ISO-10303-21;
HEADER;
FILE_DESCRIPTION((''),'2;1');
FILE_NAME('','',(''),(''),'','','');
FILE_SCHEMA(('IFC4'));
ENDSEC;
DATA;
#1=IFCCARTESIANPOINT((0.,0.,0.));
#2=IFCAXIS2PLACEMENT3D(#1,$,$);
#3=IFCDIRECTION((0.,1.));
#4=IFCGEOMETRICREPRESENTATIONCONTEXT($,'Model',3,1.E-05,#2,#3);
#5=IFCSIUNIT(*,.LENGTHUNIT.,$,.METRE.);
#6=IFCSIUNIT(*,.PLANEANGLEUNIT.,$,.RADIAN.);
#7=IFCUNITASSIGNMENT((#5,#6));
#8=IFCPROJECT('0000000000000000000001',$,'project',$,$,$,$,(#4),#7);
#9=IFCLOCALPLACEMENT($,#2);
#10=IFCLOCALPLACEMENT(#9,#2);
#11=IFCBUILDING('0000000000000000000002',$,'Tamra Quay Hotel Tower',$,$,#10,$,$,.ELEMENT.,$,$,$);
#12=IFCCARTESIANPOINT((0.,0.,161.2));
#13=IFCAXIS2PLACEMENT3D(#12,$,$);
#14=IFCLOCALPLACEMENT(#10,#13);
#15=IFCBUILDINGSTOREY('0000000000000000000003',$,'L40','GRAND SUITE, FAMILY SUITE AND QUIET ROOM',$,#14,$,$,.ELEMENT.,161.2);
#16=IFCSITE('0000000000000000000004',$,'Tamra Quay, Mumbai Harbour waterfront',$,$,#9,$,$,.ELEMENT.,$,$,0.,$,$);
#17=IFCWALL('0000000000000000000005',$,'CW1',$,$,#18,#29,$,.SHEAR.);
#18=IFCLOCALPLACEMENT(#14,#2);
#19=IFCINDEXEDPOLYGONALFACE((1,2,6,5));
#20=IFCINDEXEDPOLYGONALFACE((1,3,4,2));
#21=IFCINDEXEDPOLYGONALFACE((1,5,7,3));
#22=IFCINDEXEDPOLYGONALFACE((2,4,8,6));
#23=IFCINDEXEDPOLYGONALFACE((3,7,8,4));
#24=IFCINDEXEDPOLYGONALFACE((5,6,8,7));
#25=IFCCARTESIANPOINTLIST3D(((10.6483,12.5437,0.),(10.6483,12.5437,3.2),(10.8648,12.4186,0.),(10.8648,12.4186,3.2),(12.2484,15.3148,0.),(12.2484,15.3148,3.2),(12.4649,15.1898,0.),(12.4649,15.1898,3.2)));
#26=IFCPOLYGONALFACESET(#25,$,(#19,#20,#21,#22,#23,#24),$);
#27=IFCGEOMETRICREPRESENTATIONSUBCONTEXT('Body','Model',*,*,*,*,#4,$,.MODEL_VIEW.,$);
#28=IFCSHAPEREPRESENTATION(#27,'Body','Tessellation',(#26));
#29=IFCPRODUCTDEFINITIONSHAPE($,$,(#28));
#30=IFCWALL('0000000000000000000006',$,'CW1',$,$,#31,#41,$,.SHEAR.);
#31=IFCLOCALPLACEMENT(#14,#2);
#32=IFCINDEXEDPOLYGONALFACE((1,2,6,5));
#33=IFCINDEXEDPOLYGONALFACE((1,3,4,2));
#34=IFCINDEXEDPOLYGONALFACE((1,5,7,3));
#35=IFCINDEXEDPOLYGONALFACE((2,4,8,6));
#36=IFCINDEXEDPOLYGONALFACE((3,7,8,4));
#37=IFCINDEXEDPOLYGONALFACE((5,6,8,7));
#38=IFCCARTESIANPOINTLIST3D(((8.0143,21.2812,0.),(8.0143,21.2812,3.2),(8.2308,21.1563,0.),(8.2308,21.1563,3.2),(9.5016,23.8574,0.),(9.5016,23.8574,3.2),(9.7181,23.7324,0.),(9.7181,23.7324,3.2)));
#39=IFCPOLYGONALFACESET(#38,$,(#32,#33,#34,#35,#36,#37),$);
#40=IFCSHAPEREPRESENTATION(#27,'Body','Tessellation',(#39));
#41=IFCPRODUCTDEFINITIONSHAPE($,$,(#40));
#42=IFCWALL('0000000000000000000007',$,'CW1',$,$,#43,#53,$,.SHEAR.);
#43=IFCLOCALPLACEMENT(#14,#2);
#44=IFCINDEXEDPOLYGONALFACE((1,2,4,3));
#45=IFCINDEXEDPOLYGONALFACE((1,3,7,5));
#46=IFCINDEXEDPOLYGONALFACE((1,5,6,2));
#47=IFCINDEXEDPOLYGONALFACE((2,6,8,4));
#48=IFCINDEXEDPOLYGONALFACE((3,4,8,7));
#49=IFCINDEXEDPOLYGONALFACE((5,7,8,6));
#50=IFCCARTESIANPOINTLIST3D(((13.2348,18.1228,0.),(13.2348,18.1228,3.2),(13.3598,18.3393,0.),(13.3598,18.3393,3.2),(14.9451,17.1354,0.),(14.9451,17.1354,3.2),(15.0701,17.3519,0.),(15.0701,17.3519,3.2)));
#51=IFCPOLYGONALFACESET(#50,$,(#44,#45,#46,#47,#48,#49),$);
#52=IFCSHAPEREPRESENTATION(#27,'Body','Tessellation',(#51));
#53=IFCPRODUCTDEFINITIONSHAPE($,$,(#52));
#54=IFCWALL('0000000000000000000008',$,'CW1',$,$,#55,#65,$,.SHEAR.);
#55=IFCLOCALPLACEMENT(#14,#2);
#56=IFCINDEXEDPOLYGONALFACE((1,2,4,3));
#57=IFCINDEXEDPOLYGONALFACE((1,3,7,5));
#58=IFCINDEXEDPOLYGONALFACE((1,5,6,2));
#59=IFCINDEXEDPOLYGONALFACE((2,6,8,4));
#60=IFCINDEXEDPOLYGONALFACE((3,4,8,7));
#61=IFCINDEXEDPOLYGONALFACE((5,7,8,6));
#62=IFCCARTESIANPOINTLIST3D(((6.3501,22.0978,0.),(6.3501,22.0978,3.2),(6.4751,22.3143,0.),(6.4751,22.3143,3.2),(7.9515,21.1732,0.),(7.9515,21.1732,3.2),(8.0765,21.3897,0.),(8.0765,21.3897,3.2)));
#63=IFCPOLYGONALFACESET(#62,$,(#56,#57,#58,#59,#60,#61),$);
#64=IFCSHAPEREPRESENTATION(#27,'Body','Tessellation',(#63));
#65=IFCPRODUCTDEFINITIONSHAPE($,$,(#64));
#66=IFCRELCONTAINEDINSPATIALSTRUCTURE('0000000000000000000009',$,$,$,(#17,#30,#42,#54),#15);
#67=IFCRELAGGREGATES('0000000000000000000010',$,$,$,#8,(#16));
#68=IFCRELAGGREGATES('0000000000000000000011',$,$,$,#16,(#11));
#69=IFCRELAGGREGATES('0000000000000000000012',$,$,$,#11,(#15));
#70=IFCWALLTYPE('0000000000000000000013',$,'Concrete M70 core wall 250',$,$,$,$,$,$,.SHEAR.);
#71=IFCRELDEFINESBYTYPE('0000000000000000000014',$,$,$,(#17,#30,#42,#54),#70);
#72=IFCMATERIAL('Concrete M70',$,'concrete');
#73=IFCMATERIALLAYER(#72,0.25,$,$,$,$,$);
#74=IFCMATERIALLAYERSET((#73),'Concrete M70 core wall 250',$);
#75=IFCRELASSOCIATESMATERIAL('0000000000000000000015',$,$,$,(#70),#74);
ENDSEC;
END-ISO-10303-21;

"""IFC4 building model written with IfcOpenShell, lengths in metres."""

from ifc_helpers import new_model, si_unit, direction, frame, frame_2d, origin, place, context, subcontext, project, spatial, rectangle, extrude, material, layer, layer_set, type_object, element, save


model = new_model("IFC4")

# Units and contexts
model_context = context("Model", 3, precision=1e-05, world=origin(), true_north=direction((0.0, 1.0)))
body_context = subcontext(model_context, "Body", "Model", "MODEL_VIEW")
ifc_project = project(units=[si_unit("LENGTHUNIT", "METRE"), si_unit("PLANEANGLEUNIT", "RADIAN")], contexts=[model_context])

# Site, building, storey
site_placement = place(None, origin())
site = spatial("IfcSite", under=ifc_project, at=site_placement, Name="Tamra Quay, Mumbai Harbour waterfront", CompositionType="ELEMENT", RefElevation=0.0)
building_placement = place(site_placement, origin())
building = spatial("IfcBuilding", under=site, at=building_placement, Name="Tamra Quay Hotel Tower", CompositionType="ELEMENT")
storey_placement = place(building_placement, frame((0.0, 0.0, 161.2)))
storey = spatial("IfcBuildingStorey", under=building, at=storey_placement, Name="L40", Description="GRAND SUITE, FAMILY SUITE AND QUIET ROOM", CompositionType="ELEMENT", Elevation=161.2)

# Shared definitions
ifc_material_1 = material(Name="Concrete M70", Category="concrete")

# Walls
ifc_layer_1 = layer(ifc_material_1, 0.25)
ifc_layer_set_1 = layer_set([ifc_layer_1], Name="Concrete M70 core wall 250")
wall_type_1 = type_object("IfcWallType", Name="Concrete M70 core wall 250", PredefinedType="SHEAR", material=ifc_layer_set_1)
wall_1_placement = place(storey_placement, frame((12.3567, 15.2524, 0.0), z_axis=(0.0, 0.0, 1.0), x_axis=(-0.500028, -0.866009, 0.0)))
element("IfcWall", 1, at=wall_1_placement, inside=storey, type_object=wall_type_1, Name="CW1", PredefinedType="SHEAR", context=body_context, shape_type="SweptSolid", body=[
    extrude(rectangle(XDim=3.2, YDim=0.25, at=frame_2d((1.6001, 0.0))), origin(), (0.0, 0.0, 1.0), 3.2),
])
wall_2_placement = place(storey_placement, frame((8.1226, 21.2188, 0.0), z_axis=(0.0, 0.0, 1.0), x_axis=(0.499988, 0.866033, 0.0)))
element("IfcWall", 2, at=wall_2_placement, inside=storey, type_object=wall_type_1, Name="CW1", PredefinedType="SHEAR", context=body_context, shape_type="SweptSolid", body=[
    extrude(rectangle(XDim=2.9746, YDim=0.25, at=frame_2d((1.4873, 0.0))), origin(), (0.0, 0.0, 1.0), 3.2),
])
wall_3_placement = place(storey_placement, frame((13.2974, 18.231, 0.0), z_axis=(0.0, 0.0, 1.0), x_axis=(0.866044, -0.499969, 0.0)))
element("IfcWall", 3, at=wall_3_placement, inside=storey, type_object=wall_type_1, Name="CW1", PredefinedType="SHEAR", context=body_context, shape_type="SweptSolid", body=[
    extrude(rectangle(XDim=1.9749, YDim=0.25, at=frame_2d((0.9873, 0.0))), origin(), (0.0, 0.0, 1.0), 3.2),
])
wall_4_placement = place(storey_placement, frame((6.4126, 22.2061, 0.0), z_axis=(0.0, 0.0, 1.0), x_axis=(0.866016, -0.500016, 0.0)))
element("IfcWall", 4, at=wall_4_placement, inside=storey, type_object=wall_type_1, Name="CW1", PredefinedType="SHEAR", context=body_context, shape_type="SweptSolid", body=[
    extrude(rectangle(XDim=1.8491, YDim=0.25, at=frame_2d((0.9246, 0.0))), origin(), (0.0, 0.0, 1.0), 3.2),
])

save(model, "model.ifc")
